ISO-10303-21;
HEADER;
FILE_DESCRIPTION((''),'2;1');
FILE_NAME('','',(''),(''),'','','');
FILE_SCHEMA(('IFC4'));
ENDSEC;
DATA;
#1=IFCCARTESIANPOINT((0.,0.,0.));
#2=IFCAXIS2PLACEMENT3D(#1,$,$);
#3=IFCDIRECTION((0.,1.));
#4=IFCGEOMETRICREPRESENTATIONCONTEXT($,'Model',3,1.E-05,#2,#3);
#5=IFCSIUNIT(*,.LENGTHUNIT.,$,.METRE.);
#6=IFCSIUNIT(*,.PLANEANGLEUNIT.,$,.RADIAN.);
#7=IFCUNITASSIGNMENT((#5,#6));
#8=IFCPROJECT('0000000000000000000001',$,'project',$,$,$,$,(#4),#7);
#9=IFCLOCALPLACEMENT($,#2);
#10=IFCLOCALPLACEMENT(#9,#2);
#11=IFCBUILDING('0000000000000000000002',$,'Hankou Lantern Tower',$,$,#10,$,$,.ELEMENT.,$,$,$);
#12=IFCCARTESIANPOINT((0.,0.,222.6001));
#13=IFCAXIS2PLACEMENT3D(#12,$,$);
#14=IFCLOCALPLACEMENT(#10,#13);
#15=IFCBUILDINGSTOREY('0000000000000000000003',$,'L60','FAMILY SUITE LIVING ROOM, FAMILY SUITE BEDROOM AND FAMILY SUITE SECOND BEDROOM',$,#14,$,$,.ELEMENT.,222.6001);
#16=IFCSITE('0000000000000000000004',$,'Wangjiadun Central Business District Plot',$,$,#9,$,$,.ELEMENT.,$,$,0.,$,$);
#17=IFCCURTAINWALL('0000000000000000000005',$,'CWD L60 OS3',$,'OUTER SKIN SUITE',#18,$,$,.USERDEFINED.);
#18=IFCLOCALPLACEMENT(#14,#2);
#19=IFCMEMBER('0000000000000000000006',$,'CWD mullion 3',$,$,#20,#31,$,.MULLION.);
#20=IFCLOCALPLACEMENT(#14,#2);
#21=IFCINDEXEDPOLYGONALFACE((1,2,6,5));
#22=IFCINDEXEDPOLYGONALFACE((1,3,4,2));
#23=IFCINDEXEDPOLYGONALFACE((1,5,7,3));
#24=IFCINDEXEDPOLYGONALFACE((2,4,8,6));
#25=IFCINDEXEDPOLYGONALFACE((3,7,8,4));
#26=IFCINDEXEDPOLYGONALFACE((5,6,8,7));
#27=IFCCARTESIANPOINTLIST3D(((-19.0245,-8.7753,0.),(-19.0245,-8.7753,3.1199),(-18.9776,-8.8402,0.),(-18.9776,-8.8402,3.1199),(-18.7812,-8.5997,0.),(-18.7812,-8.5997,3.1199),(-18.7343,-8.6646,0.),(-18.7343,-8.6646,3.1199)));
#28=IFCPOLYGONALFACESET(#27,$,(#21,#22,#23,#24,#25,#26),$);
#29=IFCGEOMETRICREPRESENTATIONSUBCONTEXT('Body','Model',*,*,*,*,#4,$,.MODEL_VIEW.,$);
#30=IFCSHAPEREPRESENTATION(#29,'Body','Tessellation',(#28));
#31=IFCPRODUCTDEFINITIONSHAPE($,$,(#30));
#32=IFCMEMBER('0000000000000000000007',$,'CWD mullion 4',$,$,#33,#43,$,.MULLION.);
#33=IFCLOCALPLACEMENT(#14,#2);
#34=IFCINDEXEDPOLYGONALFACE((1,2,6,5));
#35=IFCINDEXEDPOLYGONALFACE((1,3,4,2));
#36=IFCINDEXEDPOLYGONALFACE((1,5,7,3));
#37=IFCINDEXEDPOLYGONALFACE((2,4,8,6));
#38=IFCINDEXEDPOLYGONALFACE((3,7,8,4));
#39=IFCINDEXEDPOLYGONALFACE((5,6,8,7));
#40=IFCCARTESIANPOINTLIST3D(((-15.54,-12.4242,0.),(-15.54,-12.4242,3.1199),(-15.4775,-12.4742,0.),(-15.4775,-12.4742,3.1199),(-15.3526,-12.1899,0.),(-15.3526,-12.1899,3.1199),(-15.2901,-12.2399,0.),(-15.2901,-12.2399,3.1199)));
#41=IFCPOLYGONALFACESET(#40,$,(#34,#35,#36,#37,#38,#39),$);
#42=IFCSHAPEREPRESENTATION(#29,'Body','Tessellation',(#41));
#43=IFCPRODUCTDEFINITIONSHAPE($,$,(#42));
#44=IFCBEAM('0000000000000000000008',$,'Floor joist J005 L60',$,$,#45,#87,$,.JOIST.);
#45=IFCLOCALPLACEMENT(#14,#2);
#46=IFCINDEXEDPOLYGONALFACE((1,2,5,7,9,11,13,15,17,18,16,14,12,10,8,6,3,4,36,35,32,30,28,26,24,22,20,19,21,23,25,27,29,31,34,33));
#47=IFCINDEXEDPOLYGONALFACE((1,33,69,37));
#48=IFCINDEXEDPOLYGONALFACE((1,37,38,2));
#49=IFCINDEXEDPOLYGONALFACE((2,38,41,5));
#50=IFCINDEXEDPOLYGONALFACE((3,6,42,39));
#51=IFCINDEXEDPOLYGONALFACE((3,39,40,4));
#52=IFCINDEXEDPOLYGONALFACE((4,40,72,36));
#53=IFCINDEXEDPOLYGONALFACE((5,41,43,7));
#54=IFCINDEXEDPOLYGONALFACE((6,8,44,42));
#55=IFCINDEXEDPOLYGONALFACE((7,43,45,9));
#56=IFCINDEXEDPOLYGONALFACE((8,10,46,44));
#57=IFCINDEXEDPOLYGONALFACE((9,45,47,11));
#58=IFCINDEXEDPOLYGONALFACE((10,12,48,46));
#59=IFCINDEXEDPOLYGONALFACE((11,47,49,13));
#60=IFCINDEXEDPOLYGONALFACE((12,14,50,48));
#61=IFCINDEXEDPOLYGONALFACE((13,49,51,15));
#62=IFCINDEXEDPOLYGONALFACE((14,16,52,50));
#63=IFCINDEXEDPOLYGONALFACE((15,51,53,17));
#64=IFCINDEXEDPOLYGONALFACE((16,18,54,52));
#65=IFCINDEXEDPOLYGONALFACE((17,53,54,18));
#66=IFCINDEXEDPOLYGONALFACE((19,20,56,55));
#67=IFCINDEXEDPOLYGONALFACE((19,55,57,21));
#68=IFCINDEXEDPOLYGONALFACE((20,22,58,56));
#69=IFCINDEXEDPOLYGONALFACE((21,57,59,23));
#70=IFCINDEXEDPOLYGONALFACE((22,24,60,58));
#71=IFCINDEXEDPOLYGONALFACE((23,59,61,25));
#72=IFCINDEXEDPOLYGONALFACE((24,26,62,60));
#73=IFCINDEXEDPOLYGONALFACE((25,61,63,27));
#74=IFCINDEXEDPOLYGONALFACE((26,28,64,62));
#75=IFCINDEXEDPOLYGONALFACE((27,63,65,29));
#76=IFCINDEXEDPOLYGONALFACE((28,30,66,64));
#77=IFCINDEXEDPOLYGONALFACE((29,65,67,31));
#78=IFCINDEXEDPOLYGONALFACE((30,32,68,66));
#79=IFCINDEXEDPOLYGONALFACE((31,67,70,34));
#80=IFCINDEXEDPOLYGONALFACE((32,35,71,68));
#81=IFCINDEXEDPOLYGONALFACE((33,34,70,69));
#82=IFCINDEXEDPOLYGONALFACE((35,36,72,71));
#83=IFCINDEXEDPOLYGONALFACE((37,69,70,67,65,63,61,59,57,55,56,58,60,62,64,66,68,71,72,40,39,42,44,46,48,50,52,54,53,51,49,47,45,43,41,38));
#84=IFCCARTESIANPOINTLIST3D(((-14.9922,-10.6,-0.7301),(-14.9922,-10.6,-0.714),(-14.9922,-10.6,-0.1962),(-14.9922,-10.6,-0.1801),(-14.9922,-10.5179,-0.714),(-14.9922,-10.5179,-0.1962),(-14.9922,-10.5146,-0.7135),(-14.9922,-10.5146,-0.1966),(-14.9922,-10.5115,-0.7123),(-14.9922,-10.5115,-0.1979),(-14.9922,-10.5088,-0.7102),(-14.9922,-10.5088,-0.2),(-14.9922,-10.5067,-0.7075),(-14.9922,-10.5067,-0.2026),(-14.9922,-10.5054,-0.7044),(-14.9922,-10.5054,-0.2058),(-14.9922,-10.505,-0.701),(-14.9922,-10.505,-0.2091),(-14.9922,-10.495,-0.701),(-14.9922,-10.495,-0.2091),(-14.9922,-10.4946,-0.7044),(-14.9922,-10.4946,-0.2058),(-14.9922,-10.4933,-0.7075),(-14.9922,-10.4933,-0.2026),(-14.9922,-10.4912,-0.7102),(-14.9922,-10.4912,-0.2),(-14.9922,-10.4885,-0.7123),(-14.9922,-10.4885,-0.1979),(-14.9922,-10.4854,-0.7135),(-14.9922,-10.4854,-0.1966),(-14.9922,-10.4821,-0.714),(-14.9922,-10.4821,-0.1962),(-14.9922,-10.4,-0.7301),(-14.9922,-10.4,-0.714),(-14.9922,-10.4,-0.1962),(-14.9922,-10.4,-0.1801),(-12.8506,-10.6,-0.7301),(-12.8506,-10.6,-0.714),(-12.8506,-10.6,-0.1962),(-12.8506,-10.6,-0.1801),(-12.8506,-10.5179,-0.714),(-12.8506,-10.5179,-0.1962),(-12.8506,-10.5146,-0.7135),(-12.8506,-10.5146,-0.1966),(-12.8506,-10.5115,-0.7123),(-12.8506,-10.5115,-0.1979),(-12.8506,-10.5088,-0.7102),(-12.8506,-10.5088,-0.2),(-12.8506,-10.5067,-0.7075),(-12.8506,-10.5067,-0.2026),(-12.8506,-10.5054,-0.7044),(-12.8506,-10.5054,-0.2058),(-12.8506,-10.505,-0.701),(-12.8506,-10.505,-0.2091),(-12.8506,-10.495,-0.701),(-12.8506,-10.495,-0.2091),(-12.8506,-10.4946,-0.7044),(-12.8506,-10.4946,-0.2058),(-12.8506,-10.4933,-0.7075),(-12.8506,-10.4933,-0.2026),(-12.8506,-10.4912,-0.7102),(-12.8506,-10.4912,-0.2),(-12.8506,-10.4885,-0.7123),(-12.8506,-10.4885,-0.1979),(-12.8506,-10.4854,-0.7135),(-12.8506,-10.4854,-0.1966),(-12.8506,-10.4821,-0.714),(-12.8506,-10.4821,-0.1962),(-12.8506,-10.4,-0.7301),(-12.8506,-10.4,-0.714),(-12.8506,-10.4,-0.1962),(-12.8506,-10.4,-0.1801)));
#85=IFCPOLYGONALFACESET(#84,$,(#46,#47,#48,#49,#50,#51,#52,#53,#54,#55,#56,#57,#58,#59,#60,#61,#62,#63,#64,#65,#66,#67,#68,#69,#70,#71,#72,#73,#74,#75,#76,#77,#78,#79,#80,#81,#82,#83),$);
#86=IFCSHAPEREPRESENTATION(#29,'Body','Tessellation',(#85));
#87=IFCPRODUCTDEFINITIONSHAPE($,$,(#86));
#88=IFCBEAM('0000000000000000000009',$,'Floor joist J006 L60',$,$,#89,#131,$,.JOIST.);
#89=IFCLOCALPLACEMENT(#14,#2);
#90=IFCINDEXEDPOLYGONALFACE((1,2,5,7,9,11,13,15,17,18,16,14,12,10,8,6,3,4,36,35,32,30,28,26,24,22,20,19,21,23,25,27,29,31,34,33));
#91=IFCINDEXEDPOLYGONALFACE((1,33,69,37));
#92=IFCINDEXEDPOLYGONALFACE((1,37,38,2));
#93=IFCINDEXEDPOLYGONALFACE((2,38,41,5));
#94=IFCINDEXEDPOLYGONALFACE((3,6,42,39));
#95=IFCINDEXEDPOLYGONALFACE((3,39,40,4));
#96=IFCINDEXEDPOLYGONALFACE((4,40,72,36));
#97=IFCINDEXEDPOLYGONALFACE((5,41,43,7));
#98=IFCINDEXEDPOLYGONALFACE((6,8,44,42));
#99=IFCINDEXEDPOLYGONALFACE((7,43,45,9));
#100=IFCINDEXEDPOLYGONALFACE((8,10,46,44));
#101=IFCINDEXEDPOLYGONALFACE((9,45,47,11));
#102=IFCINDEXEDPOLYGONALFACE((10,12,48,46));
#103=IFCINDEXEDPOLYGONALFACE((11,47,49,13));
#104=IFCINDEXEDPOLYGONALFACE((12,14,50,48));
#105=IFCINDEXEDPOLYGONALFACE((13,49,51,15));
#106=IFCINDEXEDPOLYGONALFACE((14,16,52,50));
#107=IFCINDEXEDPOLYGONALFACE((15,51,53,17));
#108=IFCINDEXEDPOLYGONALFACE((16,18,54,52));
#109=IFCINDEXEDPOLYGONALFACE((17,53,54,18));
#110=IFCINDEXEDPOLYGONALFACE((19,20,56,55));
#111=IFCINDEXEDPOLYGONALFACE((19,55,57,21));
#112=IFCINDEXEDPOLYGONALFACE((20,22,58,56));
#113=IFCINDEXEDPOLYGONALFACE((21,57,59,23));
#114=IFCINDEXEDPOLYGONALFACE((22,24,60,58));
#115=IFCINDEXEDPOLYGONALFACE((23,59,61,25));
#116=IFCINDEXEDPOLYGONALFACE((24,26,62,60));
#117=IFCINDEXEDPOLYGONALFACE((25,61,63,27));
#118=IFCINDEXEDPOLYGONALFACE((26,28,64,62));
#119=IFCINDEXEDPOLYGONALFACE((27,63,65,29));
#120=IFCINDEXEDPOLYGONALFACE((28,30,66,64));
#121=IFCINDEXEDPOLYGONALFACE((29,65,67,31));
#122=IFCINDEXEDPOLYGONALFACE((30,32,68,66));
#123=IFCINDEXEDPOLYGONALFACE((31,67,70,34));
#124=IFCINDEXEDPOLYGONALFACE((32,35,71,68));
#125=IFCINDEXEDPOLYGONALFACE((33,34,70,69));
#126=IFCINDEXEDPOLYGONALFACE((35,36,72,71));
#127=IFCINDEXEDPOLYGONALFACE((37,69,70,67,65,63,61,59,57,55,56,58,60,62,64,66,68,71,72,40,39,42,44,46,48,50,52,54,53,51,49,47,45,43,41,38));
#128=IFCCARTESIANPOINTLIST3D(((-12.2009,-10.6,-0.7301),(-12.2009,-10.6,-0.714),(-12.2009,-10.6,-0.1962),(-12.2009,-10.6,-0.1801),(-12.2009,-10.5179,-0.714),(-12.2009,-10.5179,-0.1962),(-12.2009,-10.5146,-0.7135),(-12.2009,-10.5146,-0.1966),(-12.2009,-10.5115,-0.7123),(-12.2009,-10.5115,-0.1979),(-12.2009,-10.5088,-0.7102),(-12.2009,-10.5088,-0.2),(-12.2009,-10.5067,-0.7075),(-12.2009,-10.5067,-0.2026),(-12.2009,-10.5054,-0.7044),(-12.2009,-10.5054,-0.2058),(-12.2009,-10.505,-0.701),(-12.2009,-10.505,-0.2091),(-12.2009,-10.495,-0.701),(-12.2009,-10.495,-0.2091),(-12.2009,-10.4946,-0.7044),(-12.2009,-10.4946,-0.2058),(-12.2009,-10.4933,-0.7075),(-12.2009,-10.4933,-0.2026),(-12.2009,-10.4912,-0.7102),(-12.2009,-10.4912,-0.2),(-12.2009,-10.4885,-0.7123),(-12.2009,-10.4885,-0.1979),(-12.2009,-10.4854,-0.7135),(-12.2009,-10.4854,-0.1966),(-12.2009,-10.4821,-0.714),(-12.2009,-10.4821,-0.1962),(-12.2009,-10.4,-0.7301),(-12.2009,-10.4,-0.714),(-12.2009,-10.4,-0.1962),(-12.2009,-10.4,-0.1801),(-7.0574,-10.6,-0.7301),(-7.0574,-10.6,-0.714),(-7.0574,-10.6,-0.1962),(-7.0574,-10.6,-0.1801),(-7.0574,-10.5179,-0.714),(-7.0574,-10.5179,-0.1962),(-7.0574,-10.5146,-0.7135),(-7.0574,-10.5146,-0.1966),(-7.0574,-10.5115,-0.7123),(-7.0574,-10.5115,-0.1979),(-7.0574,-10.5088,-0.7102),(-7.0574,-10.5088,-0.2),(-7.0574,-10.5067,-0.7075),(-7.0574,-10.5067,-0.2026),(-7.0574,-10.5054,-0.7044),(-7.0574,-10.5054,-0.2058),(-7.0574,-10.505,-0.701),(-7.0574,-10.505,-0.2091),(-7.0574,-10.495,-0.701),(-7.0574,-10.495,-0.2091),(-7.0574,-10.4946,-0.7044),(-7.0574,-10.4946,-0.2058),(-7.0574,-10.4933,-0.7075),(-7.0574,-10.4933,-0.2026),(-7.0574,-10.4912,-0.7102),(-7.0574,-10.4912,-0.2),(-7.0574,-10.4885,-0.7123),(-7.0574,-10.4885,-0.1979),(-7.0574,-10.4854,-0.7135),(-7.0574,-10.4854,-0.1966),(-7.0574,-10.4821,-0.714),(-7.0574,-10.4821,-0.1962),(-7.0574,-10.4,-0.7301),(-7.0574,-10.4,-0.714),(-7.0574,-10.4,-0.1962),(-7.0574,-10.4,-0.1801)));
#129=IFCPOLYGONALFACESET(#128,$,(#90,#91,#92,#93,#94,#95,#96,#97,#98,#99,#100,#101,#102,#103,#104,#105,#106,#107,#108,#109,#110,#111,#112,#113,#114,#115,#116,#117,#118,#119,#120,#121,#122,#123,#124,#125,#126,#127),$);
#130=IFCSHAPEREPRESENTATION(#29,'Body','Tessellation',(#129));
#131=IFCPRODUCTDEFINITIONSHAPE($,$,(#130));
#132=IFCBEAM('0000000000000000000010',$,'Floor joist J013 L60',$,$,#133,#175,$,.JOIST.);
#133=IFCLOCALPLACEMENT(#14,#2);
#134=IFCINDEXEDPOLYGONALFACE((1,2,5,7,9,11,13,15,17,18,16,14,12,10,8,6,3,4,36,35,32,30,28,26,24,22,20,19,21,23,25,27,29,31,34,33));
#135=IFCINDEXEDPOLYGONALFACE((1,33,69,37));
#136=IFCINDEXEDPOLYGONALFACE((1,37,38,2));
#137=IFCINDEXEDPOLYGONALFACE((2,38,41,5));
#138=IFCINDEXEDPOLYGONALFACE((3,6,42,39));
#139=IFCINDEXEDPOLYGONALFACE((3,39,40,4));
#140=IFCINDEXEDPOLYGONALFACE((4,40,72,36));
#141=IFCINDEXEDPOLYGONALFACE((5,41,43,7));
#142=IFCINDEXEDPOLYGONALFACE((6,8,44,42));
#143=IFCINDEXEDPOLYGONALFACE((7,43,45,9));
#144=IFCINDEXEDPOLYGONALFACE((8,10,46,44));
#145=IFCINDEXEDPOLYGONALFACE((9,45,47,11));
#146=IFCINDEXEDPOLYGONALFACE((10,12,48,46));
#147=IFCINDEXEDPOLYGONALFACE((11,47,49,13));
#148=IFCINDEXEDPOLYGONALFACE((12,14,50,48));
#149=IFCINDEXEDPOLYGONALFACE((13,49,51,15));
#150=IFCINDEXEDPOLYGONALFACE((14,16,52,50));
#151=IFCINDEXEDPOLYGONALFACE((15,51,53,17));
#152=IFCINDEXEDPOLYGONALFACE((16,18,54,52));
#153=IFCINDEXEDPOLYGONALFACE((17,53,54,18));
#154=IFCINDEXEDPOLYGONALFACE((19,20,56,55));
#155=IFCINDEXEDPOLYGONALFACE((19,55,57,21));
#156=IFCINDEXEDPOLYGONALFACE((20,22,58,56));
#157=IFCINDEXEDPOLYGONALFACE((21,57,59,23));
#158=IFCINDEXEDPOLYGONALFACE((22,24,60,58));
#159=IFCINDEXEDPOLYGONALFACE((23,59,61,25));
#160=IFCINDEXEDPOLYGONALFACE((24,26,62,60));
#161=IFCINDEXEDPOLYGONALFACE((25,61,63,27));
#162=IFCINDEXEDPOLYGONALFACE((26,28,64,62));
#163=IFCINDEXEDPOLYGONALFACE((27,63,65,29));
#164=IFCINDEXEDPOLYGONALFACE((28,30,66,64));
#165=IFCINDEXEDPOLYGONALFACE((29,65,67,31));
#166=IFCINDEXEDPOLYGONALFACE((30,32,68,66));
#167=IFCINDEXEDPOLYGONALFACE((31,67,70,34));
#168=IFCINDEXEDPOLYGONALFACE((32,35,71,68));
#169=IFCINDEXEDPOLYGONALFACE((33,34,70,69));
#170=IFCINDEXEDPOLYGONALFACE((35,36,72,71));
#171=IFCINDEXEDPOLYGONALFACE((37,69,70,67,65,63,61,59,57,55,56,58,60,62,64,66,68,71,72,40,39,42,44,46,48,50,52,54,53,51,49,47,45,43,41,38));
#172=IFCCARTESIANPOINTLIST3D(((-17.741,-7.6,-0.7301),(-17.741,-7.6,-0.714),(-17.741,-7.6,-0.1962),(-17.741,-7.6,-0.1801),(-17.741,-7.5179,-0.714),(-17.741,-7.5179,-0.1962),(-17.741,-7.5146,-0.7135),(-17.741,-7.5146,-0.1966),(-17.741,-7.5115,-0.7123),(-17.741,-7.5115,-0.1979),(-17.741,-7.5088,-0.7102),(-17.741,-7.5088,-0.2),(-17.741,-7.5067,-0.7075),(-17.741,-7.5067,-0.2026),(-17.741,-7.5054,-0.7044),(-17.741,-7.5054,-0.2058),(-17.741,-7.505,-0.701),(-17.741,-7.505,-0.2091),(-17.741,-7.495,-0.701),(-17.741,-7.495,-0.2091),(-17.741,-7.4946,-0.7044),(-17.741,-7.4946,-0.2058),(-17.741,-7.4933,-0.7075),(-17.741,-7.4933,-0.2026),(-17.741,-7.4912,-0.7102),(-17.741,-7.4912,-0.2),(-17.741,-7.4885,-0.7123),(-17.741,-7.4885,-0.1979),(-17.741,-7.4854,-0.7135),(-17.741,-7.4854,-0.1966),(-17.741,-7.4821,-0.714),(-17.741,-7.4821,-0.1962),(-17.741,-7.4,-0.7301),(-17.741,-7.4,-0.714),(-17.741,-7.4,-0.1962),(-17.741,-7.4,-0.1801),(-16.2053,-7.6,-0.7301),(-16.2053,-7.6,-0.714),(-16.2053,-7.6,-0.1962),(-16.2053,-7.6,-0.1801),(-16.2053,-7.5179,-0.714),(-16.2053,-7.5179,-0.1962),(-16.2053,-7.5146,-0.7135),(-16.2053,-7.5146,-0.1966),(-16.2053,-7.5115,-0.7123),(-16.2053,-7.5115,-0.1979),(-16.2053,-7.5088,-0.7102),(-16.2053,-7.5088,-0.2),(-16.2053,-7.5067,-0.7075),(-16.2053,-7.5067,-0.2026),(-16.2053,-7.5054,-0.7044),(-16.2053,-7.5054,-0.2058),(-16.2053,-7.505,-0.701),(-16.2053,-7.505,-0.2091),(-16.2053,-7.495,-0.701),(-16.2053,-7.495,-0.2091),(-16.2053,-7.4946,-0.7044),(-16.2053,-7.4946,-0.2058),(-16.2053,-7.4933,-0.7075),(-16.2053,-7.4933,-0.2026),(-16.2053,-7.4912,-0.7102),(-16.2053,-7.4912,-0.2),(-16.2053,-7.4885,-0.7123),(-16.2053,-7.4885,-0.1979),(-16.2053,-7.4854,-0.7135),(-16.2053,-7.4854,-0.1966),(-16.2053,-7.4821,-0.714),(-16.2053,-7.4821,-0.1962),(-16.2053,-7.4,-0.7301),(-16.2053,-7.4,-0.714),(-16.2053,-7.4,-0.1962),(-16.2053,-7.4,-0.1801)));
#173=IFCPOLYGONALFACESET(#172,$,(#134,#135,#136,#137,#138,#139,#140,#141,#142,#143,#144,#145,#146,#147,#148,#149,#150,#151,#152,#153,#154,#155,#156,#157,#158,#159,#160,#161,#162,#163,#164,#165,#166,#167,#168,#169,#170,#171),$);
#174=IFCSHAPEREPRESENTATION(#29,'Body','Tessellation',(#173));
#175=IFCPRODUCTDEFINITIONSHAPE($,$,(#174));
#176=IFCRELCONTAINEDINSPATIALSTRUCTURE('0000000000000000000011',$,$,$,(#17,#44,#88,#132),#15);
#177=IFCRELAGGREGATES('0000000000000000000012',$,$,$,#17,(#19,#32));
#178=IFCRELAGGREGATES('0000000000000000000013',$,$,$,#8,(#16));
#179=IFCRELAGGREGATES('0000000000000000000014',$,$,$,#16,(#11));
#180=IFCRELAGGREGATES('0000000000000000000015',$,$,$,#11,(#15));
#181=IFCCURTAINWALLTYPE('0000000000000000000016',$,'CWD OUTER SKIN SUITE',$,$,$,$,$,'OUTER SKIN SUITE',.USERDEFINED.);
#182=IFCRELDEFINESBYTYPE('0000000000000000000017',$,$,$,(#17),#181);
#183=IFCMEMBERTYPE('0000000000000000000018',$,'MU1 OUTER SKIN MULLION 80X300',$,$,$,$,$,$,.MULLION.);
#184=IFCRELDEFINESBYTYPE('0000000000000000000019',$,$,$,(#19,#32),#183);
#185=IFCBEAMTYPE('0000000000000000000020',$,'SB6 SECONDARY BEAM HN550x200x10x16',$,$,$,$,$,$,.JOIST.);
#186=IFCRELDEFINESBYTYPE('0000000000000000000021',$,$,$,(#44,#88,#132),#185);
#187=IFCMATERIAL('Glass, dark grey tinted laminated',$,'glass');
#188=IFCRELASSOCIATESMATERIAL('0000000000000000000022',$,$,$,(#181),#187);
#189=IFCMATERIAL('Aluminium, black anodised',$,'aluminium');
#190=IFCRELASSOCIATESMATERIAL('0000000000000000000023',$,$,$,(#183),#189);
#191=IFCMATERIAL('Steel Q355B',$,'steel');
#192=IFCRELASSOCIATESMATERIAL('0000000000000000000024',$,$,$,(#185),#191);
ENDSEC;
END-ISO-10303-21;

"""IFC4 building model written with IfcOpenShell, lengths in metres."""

from ifc_helpers import new_model, si_unit, direction, frame, origin, origin_2d, place, context, subcontext, project, spatial, rectangle, i_section, extrude, material, material_profile, profile_set, type_object, element, aggregate, save


model = new_model("IFC4")

# Units and contexts
model_context = context("Model", 3, precision=1e-05, world=origin(), true_north=direction((0.0, 1.0)))
body_context = subcontext(model_context, "Body", "Model", "MODEL_VIEW")
ifc_project = project(units=[si_unit("LENGTHUNIT", "METRE"), si_unit("PLANEANGLEUNIT", "RADIAN")], contexts=[model_context])

# Site, building, storey
site_placement = place(None, origin())
site = spatial("IfcSite", under=ifc_project, at=site_placement, Name="Wangjiadun Central Business District Plot", CompositionType="ELEMENT", RefElevation=0.0)
building_placement = place(site_placement, origin())
building = spatial("IfcBuilding", under=site, at=building_placement, Name="Hankou Lantern Tower", CompositionType="ELEMENT")
storey_placement = place(building_placement, frame((0.0, 0.0, 222.6001)))
storey = spatial("IfcBuildingStorey", under=building, at=storey_placement, Name="L60", Description="FAMILY SUITE LIVING ROOM, FAMILY SUITE BEDROOM AND FAMILY SUITE SECOND BEDROOM", CompositionType="ELEMENT", Elevation=222.6001)

# Curtain wall, members
ifc_material_1 = material(Name="Glass, dark grey tinted laminated", Category="glass")
curtain_wall_type = type_object("IfcCurtainWallType", Name="CWD OUTER SKIN SUITE", ElementType="OUTER SKIN SUITE", PredefinedType="USERDEFINED", material=ifc_material_1)
curtain_wall_placement = place(storey_placement, origin())
curtain_wall = element("IfcCurtainWall", 1, at=curtain_wall_placement, inside=storey, type_object=curtain_wall_type, Name="CWD L60 OS3", ObjectType="OUTER SKIN SUITE", PredefinedType="USERDEFINED")
ifc_material_2 = material(Name="Aluminium, black anodised", Category="aluminium")
ifc_material_profile_1 = material_profile(ifc_material_2, rectangle(XDim=0.0801, YDim=0.3, at=origin_2d()), Name="MU1 80X300")
ifc_profile_set_1 = profile_set([ifc_material_profile_1], Name="Aluminium, black anodised")
member_type_1 = type_object("IfcMemberType", Name="MU1 OUTER SKIN MULLION 80X300", PredefinedType="MULLION", material=ifc_profile_set_1)
member_1_placement = place(storey_placement, frame((-18.8794, -8.72, 0.0), z_axis=(0.0, 0.0, 1.0), x_axis=(0.585206, -0.810885, 0.0)))
member_1 = element("IfcMember", 2, at=member_1_placement, type_object=member_type_1, Name="CWD mullion 3", PredefinedType="MULLION", context=body_context, shape_type="SweptSolid", body=[
    extrude(rectangle(XDim=0.0801, YDim=0.3, at=origin_2d()), origin(), (0.0, 0.0, 1.0), 3.1199),
])
member_2_placement = place(storey_placement, frame((-15.415, -12.332, 0.0), z_axis=(0.0, 0.0, 1.0), x_axis=(0.780869, -0.624695, 0.0)))
member_2 = element("IfcMember", 3, at=member_2_placement, type_object=member_type_1, Name="CWD mullion 4", PredefinedType="MULLION", context=body_context, shape_type="SweptSolid", body=[
    extrude(rectangle(XDim=0.0801, YDim=0.3, at=origin_2d()), origin(), (0.0, 0.0, 1.0), 3.1199),
])

# Beams
ifc_material_3 = material(Name="Steel Q355B", Category="steel")
ifc_material_profile_2 = material_profile(ifc_material_3, i_section(OverallWidth=0.2, OverallDepth=0.55, WebThickness=0.01, FlangeThickness=0.0161, FilletRadius=0.0129, at=origin_2d()), Name="HN550x200x10x16")
ifc_profile_set_2 = profile_set([ifc_material_profile_2], Name="Steel Q355B")
beam_type_1 = type_object("IfcBeamType", Name="SB6 SECONDARY BEAM HN550x200x10x16", PredefinedType="JOIST", material=ifc_profile_set_2)
beam_1_placement = place(storey_placement, frame((-14.9922, -10.5, -0.4551), z_axis=(1.0, 0.0, 0.0), x_axis=(0.0, 1.0, 0.0)))
element("IfcBeam", 4, at=beam_1_placement, inside=storey, type_object=beam_type_1, Name="Floor joist J005 L60", PredefinedType="JOIST", context=body_context, shape_type="SweptSolid", body=[
    extrude(i_section(OverallWidth=0.2, OverallDepth=0.55, WebThickness=0.01, FlangeThickness=0.0161, FilletRadius=0.0129, at=origin_2d()), origin(), (0.0, 0.0, 1.0), 2.1416),
])
beam_2_placement = place(storey_placement, frame((-12.2009, -10.5, -0.4551), z_axis=(1.0, 0.0, 0.0), x_axis=(0.0, 1.0, 0.0)))
element("IfcBeam", 5, at=beam_2_placement, inside=storey, type_object=beam_type_1, Name="Floor joist J006 L60", PredefinedType="JOIST", context=body_context, shape_type="SweptSolid", body=[
    extrude(i_section(OverallWidth=0.2, OverallDepth=0.55, WebThickness=0.01, FlangeThickness=0.0161, FilletRadius=0.0129, at=origin_2d()), origin(), (0.0, 0.0, 1.0), 5.1436),
])
beam_3_placement = place(storey_placement, frame((-17.741, -7.5, -0.4551), z_axis=(1.0, 0.0, 0.0), x_axis=(0.0, 1.0, 0.0)))
element("IfcBeam", 6, at=beam_3_placement, inside=storey, type_object=beam_type_1, Name="Floor joist J013 L60", PredefinedType="JOIST", context=body_context, shape_type="SweptSolid", body=[
    extrude(i_section(OverallWidth=0.2, OverallDepth=0.55, WebThickness=0.01, FlangeThickness=0.0161, FilletRadius=0.0129, at=origin_2d()), origin(), (0.0, 0.0, 1.0), 1.5356),
])

aggregate(curtain_wall, [member_1, member_2])

save(model, "model.ifc")
